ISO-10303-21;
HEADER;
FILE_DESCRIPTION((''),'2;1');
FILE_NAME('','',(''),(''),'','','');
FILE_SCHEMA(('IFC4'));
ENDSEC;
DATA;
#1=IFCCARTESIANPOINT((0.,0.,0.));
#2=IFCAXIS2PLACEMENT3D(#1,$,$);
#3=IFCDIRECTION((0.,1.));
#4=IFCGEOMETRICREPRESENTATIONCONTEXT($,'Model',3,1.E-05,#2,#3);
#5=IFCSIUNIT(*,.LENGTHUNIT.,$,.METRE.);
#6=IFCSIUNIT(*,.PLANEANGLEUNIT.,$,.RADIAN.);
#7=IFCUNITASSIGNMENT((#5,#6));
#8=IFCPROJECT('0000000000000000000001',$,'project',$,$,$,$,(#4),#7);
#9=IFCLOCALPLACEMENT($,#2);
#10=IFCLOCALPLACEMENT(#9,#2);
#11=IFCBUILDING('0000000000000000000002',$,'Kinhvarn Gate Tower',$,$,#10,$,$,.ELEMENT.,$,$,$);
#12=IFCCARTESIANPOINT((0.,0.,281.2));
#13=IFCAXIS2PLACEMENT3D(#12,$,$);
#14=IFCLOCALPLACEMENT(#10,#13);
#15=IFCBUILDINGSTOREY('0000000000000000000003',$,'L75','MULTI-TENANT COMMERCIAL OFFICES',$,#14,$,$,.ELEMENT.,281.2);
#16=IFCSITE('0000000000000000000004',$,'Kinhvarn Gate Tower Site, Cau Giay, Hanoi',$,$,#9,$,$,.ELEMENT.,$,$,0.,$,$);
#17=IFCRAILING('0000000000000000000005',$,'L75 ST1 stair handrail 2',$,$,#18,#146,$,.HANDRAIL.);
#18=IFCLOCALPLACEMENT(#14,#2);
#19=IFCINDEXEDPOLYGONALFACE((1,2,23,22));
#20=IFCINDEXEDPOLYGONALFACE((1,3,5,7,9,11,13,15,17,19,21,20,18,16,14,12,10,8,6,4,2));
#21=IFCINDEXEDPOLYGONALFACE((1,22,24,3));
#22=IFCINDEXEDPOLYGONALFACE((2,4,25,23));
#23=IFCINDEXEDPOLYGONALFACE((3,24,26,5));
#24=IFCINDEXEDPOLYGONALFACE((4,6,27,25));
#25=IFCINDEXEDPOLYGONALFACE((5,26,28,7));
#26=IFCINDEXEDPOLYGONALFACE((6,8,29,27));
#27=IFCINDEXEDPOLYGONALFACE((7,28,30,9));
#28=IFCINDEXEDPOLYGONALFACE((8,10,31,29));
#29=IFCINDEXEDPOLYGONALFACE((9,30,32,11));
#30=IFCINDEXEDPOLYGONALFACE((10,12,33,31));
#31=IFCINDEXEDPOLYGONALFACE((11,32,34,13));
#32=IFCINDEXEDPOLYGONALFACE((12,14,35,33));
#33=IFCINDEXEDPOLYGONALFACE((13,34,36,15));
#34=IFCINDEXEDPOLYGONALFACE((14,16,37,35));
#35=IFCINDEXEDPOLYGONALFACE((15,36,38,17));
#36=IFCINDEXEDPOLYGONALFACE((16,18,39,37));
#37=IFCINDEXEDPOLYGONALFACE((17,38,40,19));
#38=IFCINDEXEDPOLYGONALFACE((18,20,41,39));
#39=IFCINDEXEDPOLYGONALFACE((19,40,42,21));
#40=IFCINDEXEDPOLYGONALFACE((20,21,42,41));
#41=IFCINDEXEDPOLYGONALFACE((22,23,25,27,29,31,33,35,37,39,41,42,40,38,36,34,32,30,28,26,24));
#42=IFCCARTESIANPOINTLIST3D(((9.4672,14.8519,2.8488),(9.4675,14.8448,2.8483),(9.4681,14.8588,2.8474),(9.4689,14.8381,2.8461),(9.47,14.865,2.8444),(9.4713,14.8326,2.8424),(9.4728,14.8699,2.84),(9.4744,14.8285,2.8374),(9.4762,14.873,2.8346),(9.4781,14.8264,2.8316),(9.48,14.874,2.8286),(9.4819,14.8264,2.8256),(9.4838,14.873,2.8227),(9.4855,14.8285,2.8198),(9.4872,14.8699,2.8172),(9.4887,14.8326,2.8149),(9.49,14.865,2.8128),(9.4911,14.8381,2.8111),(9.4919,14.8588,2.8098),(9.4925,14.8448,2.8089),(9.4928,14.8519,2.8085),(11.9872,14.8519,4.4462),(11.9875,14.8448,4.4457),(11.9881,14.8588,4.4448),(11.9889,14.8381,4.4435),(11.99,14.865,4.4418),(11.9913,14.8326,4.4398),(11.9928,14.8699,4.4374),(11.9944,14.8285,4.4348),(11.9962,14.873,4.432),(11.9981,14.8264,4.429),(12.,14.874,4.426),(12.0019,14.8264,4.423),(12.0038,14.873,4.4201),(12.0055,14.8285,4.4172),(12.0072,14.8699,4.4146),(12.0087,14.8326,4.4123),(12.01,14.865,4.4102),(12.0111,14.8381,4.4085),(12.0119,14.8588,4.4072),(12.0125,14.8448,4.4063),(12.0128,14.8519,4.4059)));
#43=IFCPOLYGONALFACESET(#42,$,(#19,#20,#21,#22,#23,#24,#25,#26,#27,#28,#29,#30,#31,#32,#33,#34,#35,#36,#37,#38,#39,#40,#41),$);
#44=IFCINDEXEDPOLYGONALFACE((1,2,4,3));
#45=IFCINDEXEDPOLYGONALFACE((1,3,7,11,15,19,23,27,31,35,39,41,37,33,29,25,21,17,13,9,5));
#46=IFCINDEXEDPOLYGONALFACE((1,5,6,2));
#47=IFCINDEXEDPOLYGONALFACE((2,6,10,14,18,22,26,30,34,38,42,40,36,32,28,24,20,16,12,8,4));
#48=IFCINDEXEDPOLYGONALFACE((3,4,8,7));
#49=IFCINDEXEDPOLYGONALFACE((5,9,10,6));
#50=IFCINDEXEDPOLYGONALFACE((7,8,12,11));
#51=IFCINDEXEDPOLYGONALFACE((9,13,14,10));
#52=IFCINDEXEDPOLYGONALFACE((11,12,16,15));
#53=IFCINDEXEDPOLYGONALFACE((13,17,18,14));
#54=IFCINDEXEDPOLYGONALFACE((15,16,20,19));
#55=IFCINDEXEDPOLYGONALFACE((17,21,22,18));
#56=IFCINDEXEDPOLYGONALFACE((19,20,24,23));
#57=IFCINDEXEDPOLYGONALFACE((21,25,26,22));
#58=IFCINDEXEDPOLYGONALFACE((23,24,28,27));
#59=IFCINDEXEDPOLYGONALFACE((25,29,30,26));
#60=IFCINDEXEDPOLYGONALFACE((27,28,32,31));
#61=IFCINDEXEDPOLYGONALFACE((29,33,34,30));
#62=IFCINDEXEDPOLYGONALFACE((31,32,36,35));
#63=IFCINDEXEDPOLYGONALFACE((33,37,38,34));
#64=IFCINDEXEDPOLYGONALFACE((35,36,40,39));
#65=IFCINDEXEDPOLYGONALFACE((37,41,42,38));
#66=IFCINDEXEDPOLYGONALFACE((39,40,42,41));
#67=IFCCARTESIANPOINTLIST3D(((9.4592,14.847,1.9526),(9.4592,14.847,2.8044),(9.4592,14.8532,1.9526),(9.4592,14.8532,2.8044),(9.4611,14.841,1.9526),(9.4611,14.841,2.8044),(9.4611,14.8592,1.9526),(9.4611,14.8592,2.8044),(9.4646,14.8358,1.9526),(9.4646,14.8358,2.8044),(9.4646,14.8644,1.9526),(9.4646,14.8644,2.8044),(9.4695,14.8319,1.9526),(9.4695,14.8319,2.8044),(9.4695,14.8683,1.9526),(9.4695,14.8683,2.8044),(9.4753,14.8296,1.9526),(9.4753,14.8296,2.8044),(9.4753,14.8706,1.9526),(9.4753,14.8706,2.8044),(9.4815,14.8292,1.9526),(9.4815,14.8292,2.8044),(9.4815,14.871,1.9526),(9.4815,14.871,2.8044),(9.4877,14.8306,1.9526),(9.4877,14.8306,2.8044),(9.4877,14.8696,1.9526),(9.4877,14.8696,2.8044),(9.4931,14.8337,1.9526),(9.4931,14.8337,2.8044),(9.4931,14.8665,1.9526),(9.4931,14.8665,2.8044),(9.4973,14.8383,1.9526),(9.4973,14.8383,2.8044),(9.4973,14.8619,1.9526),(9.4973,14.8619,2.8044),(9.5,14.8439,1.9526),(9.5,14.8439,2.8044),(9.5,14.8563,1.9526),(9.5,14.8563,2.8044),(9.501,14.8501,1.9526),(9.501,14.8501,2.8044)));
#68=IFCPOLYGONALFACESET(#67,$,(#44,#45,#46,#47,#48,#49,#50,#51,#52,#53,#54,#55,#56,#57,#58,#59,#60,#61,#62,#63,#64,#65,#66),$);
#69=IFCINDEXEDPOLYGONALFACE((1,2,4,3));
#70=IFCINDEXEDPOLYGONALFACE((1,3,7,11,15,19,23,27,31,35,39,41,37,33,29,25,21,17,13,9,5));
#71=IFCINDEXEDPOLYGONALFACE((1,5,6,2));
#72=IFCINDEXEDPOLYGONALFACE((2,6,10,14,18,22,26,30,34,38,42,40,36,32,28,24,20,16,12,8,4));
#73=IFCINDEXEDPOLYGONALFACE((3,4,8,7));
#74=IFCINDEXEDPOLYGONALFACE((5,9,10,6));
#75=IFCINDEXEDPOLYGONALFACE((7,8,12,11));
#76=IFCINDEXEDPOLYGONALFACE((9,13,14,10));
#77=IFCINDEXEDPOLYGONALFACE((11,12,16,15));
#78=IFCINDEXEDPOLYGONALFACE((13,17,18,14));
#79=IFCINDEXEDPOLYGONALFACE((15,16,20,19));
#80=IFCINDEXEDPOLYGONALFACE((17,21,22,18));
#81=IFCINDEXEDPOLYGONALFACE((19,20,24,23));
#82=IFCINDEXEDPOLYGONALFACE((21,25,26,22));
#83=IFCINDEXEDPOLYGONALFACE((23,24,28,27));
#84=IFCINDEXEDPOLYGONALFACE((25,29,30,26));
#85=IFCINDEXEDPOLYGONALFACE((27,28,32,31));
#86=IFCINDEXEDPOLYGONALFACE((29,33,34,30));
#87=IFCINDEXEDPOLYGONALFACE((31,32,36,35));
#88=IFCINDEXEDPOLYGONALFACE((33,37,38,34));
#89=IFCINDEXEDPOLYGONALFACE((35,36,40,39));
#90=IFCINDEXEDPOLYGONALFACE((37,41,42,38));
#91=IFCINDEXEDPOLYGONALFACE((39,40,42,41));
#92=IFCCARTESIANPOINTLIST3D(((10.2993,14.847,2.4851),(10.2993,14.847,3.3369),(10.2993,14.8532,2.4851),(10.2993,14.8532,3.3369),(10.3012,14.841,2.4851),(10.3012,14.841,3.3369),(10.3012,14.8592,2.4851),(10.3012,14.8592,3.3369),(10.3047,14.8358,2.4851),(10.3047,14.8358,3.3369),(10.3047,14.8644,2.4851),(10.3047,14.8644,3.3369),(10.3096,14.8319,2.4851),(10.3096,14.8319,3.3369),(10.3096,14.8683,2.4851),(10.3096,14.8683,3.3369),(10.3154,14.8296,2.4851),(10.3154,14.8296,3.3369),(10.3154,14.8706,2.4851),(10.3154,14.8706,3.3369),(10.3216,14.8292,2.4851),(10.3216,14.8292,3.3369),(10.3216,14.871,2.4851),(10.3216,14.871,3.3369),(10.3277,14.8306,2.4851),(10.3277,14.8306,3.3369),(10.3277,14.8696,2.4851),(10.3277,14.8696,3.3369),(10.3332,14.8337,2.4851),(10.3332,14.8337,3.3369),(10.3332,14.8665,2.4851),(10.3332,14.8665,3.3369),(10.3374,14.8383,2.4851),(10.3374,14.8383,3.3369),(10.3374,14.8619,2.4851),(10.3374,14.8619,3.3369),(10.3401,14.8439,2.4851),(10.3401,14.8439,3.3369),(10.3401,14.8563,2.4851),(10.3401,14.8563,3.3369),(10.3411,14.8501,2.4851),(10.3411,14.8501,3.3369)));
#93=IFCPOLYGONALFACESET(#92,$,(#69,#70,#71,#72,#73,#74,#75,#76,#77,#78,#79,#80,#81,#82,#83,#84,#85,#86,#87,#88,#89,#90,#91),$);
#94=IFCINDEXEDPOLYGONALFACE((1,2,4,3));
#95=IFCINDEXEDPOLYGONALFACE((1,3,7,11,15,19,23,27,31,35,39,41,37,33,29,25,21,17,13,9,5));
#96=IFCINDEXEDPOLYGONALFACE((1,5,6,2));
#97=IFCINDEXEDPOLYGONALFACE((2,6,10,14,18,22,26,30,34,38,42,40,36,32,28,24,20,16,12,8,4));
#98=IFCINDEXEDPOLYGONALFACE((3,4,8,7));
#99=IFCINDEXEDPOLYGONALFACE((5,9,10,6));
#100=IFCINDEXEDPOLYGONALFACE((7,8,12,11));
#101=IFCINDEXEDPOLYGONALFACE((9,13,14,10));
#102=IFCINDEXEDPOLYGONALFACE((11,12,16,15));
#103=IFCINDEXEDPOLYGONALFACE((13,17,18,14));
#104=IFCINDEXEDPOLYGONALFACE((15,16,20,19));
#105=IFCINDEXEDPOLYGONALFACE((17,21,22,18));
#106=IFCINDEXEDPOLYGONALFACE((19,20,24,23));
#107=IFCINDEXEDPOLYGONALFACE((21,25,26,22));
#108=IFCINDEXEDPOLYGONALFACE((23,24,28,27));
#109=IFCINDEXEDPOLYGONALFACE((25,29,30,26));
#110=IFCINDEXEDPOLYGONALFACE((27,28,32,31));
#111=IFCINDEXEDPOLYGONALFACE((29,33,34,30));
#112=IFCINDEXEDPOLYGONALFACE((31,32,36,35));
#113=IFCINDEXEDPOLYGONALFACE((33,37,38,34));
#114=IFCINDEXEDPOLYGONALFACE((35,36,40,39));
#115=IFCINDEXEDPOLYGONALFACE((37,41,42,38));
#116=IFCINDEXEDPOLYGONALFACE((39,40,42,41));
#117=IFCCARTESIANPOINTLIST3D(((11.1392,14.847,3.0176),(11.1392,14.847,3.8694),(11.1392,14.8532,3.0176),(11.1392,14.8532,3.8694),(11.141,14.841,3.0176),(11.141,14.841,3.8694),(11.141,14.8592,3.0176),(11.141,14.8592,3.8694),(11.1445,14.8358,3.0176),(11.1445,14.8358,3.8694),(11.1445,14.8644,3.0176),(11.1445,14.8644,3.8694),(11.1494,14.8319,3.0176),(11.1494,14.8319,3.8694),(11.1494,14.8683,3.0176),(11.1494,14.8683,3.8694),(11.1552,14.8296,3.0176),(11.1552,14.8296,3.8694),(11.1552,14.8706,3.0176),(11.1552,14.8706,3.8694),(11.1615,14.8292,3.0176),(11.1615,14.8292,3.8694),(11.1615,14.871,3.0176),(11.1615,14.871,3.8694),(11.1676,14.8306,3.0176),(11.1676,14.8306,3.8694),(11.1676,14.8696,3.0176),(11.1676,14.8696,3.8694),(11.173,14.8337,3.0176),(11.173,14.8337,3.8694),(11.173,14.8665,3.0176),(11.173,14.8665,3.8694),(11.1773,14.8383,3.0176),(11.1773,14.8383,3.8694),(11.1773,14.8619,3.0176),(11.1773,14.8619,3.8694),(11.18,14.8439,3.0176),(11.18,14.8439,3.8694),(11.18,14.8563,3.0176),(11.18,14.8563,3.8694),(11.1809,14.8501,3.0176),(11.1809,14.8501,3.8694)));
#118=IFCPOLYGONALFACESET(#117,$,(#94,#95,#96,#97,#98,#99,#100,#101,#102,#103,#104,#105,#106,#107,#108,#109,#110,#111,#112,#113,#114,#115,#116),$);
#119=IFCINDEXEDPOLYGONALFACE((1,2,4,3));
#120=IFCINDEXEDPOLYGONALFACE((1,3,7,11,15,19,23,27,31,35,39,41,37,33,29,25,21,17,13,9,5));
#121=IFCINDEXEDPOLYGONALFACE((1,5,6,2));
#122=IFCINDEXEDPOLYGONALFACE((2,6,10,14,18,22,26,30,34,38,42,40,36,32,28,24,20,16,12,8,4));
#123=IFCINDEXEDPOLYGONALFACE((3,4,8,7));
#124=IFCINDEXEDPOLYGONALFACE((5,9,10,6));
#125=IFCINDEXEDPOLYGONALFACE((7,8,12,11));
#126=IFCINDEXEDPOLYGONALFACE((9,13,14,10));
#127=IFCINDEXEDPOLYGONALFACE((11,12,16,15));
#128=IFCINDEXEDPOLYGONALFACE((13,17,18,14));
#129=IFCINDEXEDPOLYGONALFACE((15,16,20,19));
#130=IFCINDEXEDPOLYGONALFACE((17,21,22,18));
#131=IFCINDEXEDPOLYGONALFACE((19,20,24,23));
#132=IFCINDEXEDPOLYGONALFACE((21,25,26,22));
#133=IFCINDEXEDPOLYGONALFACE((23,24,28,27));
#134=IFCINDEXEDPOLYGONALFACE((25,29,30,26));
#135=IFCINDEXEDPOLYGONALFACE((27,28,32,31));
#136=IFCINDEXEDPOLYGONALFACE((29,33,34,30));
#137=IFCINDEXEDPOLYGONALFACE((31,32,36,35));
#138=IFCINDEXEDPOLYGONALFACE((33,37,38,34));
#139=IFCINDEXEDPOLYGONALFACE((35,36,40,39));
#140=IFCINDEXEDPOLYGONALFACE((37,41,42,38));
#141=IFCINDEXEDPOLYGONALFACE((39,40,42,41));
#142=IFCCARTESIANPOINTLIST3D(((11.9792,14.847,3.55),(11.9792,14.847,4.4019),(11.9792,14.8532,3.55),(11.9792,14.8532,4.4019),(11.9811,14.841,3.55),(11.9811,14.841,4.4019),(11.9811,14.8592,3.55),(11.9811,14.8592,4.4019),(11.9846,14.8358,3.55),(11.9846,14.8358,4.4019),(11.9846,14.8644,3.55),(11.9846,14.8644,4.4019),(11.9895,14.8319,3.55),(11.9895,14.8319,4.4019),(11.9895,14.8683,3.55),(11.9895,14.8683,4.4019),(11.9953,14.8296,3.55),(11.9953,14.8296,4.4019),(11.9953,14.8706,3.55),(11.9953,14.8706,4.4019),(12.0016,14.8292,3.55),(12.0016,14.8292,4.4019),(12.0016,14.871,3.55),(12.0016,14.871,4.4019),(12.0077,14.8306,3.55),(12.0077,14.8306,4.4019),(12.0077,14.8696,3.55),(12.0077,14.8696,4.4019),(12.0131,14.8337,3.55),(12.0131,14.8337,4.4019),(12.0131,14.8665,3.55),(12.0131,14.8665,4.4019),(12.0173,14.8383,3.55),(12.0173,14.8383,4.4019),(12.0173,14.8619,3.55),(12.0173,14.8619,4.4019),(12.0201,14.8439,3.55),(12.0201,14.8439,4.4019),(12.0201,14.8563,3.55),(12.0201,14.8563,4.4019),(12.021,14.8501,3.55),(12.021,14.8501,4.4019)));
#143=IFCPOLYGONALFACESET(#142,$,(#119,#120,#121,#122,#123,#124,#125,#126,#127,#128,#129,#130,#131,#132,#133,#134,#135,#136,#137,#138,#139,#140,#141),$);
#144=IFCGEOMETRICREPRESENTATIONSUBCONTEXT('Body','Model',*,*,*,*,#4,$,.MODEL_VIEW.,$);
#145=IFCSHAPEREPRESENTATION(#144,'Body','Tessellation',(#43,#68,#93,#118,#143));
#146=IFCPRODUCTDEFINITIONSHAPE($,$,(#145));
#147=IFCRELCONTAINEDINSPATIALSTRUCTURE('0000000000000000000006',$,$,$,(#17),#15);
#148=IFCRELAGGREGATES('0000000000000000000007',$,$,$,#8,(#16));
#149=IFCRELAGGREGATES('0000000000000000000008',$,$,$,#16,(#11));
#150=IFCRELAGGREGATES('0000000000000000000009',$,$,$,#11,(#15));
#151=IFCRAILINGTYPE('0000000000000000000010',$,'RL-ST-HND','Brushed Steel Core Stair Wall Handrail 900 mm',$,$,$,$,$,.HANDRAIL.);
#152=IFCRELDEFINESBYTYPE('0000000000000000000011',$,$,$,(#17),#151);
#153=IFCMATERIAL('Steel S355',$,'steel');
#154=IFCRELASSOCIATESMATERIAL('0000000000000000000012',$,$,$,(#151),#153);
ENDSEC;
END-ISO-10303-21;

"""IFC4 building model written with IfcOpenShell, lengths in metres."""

from ifc_helpers import new_model, si_unit, direction, frame, origin, origin_2d, place, context, subcontext, project, spatial, circle, extrude, material, type_object, element, save


model = new_model("IFC4")

# Units and contexts
model_context = context("Model", 3, precision=1e-05, world=origin(), true_north=direction((0.0, 1.0)))
body_context = subcontext(model_context, "Body", "Model", "MODEL_VIEW")
ifc_project = project(units=[si_unit("LENGTHUNIT", "METRE"), si_unit("PLANEANGLEUNIT", "RADIAN")], contexts=[model_context])

# Site, building, storey
site_placement = place(None, origin())
site = spatial("IfcSite", under=ifc_project, at=site_placement, Name="Kinhvarn Gate Tower Site, Cau Giay, Hanoi", CompositionType="ELEMENT", RefElevation=0.0)
building_placement = place(site_placement, origin())
building = spatial("IfcBuilding", under=site, at=building_placement, Name="Kinhvarn Gate Tower", CompositionType="ELEMENT")
storey_placement = place(building_placement, frame((0.0, 0.0, 281.2)))
storey = spatial("IfcBuildingStorey", under=building, at=storey_placement, Name="L75", Description="MULTI-TENANT COMMERCIAL OFFICES", CompositionType="ELEMENT", Elevation=281.2)

# Shared definitions
ifc_material_1 = material(Name="Steel S355", Category="steel")

# Railing
railing_type_1 = type_object("IfcRailingType", Name="RL-ST-HND", Description="Brushed Steel Core Stair Wall Handrail 900 mm", PredefinedType="HANDRAIL", material=ifc_material_1)
railing_1_placement = place(storey_placement, frame((9.48, 14.8501, 1.9526)))
element("IfcRailing", 1, at=railing_1_placement, inside=storey, type_object=railing_type_1, Name="L75 ST1 stair handrail 2", PredefinedType="HANDRAIL", context=body_context, shape_type="SweptSolid", body=[
    extrude(circle(Radius=0.0239, at=origin_2d()), frame((0.0, 0.0, 0.876), z_axis=(0.844607, 0.0, 0.535387), x_axis=(0.0, 1.0, 0.0)), (0.0, 0.0, 1.0), 2.9836),
    extrude(circle(Radius=0.021, at=origin_2d()), origin(), (0.0, 0.0, 1.0), 0.8518),
    extrude(circle(Radius=0.021, at=origin_2d()), frame((0.8401, 0.0, 0.5325)), (0.0, 0.0, 1.0), 0.8518),
    extrude(circle(Radius=0.021, at=origin_2d()), frame((1.6799, 0.0, 1.0649)), (0.0, 0.0, 1.0), 0.8518),
    extrude(circle(Radius=0.021, at=origin_2d()), frame((2.52, 0.0, 1.5974)), (0.0, 0.0, 1.0), 0.8518),
])

save(model, "model.ifc")
